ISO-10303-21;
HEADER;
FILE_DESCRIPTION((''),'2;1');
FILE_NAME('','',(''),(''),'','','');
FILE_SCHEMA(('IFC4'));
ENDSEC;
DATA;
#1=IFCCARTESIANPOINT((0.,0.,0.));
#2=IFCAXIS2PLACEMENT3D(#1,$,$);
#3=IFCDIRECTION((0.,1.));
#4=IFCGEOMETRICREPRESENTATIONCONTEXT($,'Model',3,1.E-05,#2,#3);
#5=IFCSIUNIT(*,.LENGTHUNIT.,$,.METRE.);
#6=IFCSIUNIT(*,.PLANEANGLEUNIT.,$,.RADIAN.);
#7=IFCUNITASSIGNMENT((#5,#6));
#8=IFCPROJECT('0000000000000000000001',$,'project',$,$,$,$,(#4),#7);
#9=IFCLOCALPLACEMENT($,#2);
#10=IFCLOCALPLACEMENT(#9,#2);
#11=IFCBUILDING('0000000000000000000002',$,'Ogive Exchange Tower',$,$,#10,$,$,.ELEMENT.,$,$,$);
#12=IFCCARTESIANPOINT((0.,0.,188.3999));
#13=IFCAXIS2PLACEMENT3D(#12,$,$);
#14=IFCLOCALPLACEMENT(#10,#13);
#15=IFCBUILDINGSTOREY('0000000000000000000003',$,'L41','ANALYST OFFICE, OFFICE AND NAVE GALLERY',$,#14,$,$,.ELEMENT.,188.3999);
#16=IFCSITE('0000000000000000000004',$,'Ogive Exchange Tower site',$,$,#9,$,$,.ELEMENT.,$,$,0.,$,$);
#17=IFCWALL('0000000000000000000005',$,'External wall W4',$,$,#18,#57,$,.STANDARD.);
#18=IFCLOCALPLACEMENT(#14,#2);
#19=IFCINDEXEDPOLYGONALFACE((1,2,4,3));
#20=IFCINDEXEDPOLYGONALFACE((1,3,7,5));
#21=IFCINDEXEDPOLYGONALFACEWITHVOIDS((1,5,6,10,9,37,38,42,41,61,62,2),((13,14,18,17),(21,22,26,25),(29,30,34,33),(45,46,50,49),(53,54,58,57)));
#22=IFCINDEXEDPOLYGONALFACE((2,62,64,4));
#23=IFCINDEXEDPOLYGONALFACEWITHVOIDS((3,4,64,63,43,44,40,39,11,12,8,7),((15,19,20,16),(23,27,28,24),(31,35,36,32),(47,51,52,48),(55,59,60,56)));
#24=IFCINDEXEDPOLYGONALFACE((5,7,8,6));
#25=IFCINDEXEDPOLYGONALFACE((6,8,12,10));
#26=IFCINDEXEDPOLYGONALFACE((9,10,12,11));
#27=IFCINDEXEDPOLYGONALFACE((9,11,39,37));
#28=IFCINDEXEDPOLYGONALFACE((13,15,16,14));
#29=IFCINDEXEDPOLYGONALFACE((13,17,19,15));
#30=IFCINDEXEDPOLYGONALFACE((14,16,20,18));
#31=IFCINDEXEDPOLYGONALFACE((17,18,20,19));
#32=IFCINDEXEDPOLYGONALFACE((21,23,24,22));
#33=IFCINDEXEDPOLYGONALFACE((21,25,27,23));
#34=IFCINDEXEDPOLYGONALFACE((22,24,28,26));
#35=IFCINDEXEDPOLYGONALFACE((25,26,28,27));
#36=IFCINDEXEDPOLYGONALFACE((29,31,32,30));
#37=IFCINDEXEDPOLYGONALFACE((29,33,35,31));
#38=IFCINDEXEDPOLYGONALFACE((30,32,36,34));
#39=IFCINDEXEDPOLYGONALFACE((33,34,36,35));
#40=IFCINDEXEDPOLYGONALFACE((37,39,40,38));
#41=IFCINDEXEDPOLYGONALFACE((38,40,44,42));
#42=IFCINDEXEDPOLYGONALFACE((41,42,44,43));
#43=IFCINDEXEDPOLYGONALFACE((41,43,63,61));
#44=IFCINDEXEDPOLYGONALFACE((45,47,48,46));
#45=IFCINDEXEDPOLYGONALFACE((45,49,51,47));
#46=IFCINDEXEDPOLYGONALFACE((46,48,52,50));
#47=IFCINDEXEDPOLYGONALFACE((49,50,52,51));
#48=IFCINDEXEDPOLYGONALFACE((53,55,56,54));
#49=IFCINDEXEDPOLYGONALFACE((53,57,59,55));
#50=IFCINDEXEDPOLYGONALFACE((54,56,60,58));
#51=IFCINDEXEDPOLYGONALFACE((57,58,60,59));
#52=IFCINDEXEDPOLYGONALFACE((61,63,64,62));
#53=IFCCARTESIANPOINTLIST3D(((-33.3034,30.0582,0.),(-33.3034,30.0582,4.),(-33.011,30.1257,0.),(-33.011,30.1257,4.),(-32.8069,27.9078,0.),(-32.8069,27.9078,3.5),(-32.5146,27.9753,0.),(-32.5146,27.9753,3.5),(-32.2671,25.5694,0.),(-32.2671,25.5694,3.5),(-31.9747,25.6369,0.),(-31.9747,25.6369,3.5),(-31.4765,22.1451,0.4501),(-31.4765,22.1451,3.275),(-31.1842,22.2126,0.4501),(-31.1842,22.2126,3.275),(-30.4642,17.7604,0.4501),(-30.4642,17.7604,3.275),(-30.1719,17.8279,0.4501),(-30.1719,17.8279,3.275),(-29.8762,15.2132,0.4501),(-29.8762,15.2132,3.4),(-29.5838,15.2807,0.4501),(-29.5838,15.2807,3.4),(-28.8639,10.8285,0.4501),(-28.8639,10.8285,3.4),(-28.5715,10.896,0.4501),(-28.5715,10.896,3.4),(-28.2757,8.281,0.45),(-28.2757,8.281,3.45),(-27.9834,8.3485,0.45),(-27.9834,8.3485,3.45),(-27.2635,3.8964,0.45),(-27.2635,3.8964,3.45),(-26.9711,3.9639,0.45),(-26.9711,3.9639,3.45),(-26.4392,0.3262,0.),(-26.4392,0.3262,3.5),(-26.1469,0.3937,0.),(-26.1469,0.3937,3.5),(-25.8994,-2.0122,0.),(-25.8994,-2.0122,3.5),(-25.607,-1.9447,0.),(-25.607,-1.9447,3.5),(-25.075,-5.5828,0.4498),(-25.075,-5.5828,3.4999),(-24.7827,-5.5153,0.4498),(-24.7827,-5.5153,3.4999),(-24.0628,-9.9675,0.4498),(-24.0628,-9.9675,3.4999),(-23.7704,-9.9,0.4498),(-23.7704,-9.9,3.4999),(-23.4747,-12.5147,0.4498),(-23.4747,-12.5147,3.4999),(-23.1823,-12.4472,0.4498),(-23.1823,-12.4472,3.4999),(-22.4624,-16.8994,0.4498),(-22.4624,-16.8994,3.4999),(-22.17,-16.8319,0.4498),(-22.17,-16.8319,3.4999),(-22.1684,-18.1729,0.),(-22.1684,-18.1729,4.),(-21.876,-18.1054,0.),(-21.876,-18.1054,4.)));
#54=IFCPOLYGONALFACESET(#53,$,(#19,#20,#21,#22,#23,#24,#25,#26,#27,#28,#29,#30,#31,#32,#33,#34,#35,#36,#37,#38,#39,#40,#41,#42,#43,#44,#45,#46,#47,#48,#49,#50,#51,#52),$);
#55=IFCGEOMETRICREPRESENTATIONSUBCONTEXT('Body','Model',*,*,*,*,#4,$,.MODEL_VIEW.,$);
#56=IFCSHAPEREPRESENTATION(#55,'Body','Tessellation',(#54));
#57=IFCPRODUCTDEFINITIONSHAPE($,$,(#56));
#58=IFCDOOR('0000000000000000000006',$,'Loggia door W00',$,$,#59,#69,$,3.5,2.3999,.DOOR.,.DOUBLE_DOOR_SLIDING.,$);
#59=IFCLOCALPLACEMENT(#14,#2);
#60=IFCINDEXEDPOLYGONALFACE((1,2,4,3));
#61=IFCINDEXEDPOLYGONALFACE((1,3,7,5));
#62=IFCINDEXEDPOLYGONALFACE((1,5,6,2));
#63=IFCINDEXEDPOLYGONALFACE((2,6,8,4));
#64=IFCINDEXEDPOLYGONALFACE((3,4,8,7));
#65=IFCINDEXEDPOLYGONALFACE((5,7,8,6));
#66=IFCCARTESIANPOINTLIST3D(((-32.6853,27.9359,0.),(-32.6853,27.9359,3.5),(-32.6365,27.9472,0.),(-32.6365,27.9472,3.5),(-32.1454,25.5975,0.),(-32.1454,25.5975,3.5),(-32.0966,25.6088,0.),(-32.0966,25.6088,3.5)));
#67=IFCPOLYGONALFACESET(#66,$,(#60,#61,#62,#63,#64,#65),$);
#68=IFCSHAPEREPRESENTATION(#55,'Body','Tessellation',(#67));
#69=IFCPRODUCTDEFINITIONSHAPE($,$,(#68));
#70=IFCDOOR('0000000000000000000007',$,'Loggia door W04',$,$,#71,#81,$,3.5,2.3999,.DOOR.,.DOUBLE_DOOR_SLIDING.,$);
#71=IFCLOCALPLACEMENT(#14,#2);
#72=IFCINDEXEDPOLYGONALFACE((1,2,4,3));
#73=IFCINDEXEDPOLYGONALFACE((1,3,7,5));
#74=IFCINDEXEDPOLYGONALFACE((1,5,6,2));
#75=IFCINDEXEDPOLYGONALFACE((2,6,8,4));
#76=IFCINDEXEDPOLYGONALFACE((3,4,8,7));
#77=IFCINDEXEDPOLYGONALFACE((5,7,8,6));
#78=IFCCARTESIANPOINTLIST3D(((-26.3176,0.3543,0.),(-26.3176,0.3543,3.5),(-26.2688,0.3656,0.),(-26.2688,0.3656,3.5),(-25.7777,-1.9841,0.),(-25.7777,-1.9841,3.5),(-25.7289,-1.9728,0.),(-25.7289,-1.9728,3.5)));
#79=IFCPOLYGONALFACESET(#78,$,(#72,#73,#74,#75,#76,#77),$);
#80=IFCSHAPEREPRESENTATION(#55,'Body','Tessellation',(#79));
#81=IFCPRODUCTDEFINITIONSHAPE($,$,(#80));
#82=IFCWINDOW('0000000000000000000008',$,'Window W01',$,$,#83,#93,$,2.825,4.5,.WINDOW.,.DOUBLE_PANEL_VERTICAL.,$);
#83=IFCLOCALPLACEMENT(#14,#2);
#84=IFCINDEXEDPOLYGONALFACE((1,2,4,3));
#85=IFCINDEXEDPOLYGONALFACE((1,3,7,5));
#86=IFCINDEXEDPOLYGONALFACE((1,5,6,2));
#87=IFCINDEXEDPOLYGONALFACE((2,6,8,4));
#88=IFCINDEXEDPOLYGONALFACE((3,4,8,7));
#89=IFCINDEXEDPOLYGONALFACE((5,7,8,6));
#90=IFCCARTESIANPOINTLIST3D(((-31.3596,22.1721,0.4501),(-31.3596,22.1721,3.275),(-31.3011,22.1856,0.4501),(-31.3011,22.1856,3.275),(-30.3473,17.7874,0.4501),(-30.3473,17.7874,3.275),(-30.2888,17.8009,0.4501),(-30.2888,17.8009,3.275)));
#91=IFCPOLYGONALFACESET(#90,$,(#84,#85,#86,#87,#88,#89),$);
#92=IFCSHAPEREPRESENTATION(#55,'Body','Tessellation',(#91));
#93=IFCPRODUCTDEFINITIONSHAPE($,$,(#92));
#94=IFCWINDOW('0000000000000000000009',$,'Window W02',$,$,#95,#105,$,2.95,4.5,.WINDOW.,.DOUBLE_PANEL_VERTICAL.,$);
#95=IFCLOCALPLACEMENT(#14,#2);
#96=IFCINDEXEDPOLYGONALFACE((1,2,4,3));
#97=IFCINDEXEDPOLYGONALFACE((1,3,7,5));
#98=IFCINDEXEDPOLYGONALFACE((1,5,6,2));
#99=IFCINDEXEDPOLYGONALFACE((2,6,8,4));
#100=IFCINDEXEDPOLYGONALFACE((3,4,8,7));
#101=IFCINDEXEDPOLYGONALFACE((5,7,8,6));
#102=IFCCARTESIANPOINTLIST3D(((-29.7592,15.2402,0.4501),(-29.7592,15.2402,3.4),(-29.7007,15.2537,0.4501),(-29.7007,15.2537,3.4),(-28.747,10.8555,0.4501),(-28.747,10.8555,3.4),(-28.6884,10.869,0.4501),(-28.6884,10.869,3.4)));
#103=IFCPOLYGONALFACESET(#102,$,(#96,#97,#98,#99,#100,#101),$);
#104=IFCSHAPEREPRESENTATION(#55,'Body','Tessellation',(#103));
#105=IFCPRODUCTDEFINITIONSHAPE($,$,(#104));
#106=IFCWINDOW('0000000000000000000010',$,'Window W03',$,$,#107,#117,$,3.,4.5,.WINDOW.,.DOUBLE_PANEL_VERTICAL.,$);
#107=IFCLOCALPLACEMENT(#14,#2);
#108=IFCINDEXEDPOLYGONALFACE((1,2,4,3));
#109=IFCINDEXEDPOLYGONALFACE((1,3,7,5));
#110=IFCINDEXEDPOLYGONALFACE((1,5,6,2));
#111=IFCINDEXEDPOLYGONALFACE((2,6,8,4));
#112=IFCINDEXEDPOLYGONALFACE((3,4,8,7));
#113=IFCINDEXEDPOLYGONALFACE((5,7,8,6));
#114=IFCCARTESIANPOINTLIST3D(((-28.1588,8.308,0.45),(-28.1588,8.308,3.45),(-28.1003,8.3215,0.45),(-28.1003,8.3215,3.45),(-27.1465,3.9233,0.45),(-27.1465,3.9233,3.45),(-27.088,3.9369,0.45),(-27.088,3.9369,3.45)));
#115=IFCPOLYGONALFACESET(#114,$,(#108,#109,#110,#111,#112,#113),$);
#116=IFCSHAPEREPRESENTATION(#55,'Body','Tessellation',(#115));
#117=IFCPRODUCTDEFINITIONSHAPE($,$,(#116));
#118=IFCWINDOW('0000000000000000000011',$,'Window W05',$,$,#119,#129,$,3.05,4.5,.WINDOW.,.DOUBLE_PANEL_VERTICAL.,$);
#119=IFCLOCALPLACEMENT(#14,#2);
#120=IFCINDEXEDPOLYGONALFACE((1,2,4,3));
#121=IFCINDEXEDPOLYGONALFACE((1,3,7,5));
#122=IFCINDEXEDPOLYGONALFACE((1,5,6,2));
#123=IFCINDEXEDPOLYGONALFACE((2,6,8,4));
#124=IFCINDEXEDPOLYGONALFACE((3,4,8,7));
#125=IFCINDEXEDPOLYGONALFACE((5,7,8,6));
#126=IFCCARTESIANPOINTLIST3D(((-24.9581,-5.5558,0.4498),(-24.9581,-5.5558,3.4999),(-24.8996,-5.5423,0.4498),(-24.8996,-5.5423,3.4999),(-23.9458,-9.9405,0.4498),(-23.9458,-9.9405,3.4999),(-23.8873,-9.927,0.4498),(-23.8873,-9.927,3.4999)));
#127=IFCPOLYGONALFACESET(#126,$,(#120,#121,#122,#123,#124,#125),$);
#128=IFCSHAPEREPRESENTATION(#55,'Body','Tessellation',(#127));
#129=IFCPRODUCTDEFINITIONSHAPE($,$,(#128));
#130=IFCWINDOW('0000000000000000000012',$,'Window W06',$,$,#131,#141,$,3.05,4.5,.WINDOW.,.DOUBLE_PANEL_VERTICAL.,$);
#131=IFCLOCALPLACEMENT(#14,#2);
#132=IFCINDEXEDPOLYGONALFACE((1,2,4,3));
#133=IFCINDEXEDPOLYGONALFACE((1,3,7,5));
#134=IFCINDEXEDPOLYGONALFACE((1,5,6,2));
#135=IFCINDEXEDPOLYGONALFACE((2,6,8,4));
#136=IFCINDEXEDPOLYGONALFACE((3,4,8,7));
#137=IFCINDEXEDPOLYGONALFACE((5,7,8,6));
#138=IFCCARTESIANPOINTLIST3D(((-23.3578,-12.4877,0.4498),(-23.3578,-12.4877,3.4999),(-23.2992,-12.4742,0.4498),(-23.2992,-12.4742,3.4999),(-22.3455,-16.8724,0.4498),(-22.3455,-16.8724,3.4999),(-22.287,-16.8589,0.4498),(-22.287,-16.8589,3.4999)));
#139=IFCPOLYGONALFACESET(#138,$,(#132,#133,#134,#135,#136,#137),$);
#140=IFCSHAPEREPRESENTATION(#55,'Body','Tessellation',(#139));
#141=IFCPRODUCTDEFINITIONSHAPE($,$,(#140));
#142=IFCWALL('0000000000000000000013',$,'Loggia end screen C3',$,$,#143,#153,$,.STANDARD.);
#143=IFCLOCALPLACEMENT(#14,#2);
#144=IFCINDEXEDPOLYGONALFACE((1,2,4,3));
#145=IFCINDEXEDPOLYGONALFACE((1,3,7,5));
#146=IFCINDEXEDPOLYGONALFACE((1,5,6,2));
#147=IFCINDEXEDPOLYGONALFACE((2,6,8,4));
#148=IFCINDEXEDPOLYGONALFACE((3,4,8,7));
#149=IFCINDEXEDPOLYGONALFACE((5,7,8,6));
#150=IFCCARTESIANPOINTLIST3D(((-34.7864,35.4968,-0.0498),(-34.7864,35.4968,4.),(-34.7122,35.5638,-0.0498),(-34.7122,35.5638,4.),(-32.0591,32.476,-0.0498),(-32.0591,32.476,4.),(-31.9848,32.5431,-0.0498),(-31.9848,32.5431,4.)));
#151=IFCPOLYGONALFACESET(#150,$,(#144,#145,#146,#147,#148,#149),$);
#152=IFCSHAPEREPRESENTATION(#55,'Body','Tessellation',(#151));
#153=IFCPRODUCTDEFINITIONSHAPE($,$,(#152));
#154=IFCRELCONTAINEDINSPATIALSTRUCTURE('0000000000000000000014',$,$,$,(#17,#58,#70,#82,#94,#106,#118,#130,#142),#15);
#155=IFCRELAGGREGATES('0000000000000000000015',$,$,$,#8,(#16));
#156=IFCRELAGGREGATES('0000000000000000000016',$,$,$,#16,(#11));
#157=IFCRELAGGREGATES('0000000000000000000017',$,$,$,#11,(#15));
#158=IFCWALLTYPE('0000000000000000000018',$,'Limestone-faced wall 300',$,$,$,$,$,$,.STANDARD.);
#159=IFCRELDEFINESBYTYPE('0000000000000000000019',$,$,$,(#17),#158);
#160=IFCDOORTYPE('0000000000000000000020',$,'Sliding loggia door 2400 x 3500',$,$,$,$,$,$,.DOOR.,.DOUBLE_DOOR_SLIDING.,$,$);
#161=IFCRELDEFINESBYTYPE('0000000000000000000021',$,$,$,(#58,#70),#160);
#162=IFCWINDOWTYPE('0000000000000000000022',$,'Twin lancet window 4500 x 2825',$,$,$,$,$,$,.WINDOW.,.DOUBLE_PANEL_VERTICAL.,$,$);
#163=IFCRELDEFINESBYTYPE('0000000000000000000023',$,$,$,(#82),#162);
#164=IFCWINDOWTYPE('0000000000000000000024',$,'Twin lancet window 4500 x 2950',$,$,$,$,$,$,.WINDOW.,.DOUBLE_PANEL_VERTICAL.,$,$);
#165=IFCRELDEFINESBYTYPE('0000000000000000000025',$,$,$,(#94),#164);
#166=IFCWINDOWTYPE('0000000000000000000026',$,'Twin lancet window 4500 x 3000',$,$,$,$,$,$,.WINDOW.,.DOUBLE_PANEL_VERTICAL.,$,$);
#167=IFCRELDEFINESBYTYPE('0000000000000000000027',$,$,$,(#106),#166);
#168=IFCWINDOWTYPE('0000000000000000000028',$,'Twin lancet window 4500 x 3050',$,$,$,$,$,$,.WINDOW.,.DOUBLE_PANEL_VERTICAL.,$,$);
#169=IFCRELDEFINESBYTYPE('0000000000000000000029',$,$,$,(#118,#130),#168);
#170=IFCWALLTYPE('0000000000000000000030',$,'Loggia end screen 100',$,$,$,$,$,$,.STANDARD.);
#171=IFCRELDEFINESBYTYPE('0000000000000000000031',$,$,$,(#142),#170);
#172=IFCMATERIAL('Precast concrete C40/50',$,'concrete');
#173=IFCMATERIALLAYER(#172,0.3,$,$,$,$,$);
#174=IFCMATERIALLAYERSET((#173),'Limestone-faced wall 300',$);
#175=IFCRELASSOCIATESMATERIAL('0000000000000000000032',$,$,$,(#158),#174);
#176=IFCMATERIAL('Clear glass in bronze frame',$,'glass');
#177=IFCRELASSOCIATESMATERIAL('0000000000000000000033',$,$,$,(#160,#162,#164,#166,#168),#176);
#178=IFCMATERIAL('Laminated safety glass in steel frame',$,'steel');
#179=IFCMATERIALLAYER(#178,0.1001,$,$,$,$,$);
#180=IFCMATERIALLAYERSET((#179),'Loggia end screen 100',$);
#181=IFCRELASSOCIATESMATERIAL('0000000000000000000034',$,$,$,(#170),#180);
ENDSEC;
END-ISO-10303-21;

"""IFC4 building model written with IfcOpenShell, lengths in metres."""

from ifc_helpers import new_model, si_unit, direction, frame, frame_2d, origin, place, context, subcontext, project, spatial, rectangle, extrude, material, layer, layer_set, type_object, element, fill, save


model = new_model("IFC4")

# Units and contexts
model_context = context("Model", 3, precision=1e-05, world=origin(), true_north=direction((0.0, 1.0)))
body_context = subcontext(model_context, "Body", "Model", "MODEL_VIEW")
ifc_project = project(units=[si_unit("LENGTHUNIT", "METRE"), si_unit("PLANEANGLEUNIT", "RADIAN")], contexts=[model_context])

# Site, building, storey
site_placement = place(None, origin())
site = spatial("IfcSite", under=ifc_project, at=site_placement, Name="Ogive Exchange Tower site", CompositionType="ELEMENT", RefElevation=0.0)
building_placement = place(site_placement, origin())
building = spatial("IfcBuilding", under=site, at=building_placement, Name="Ogive Exchange Tower", CompositionType="ELEMENT")
storey_placement = place(building_placement, frame((0.0, 0.0, 188.3999)))
storey = spatial("IfcBuildingStorey", under=building, at=storey_placement, Name="L41", Description="ANALYST OFFICE, OFFICE AND NAVE GALLERY", CompositionType="ELEMENT", Elevation=188.3999)

# Wall, openings, doors, windows
ifc_material_1 = material(Name="Precast concrete C40/50", Category="concrete")
ifc_layer_1 = layer(ifc_material_1, 0.3)
ifc_layer_set_1 = layer_set([ifc_layer_1], Name="Limestone-faced wall 300")
wall_type_1 = type_object("IfcWallType", Name="Limestone-faced wall 300", PredefinedType="STANDARD", material=ifc_layer_set_1)
wall_1_placement = place(storey_placement, frame((-33.1572, 30.092, 0.0), z_axis=(0.0, 0.0, 1.0), x_axis=(0.22495, -0.97437, 0.0)))
wall_1 = element("IfcWall", 1, at=wall_1_placement, inside=storey, type_object=wall_type_1, Name="External wall W4", PredefinedType="STANDARD", context=body_context, shape_type="SweptSolid", body=[
    extrude(rectangle(XDim=49.4998, YDim=0.3, at=frame_2d((24.75, 0.0))), origin(), (0.0, 0.0, 1.0), 4.0),
])
opening_1_placement = place(wall_1_placement, frame((2.207, 0.0, 0.0)))
opening_1 = element("IfcOpeningElement", 2, at=opening_1_placement, cuts=wall_1, PredefinedType="OPENING", context=body_context, shape_type="SweptSolid", body=[
    extrude(rectangle(XDim=2.3999, YDim=3.5, at=frame_2d((1.2, 1.75))), frame((0.0, 0.1599, 0.0), z_axis=(0.0, -1.0, 0.0), x_axis=(1.0, 0.0, 0.0)), (0.0, 0.0, 1.0), 0.3201),
])
opening_2_placement = place(wall_1_placement, frame((8.1213, 0.0, 0.45)))
opening_2 = element("IfcOpeningElement", 3, at=opening_2_placement, cuts=wall_1, PredefinedType="OPENING", context=body_context, shape_type="SweptSolid", body=[
    extrude(rectangle(XDim=4.5, YDim=2.825, at=frame_2d((2.25, 1.4126))), frame((0.0, 0.1599, 0.0), z_axis=(0.0, -1.0, 0.0), x_axis=(1.0, 0.0, 0.0)), (0.0, 0.0, 1.0), 0.3201),
])
opening_3_placement = place(wall_1_placement, frame((15.2356, 0.0, 0.45)))
opening_3 = element("IfcOpeningElement", 4, at=opening_3_placement, cuts=wall_1, PredefinedType="OPENING", context=body_context, shape_type="SweptSolid", body=[
    extrude(rectangle(XDim=4.5, YDim=2.95, at=frame_2d((2.25, 1.4751))), frame((0.0, 0.1599, 0.0), z_axis=(0.0, -1.0, 0.0), x_axis=(1.0, 0.0, 0.0)), (0.0, 0.0, 1.0), 0.3201),
])
opening_4_placement = place(wall_1_placement, frame((22.3501, 0.0, 0.45)))
opening_4 = element("IfcOpeningElement", 5, at=opening_4_placement, cuts=wall_1, PredefinedType="OPENING", context=body_context, shape_type="SweptSolid", body=[
    extrude(rectangle(XDim=4.5, YDim=3.0, at=frame_2d((2.25, 1.5))), frame((0.0, 0.1599, 0.0), z_axis=(0.0, -1.0, 0.0), x_axis=(1.0, 0.0, 0.0)), (0.0, 0.0, 1.0), 0.3201),
])
opening_5_placement = place(wall_1_placement, frame((30.5142, 0.0, 0.0)))
opening_5 = element("IfcOpeningElement", 6, at=opening_5_placement, cuts=wall_1, PredefinedType="OPENING", context=body_context, shape_type="SweptSolid", body=[
    extrude(rectangle(XDim=2.3999, YDim=3.5, at=frame_2d((1.2, 1.75))), frame((0.0, 0.1599, 0.0), z_axis=(0.0, -1.0, 0.0), x_axis=(1.0, 0.0, 0.0)), (0.0, 0.0, 1.0), 0.3201),
])
opening_6_placement = place(wall_1_placement, frame((36.5786, 0.0, 0.45)))
opening_6 = element("IfcOpeningElement", 7, at=opening_6_placement, cuts=wall_1, PredefinedType="OPENING", context=body_context, shape_type="SweptSolid", body=[
    extrude(rectangle(XDim=4.5, YDim=3.05, at=frame_2d((2.25, 1.5249))), frame((0.0, 0.1599, 0.0), z_axis=(0.0, -1.0, 0.0), x_axis=(1.0, 0.0, 0.0)), (0.0, 0.0, 1.0), 0.3201),
])
opening_7_placement = place(wall_1_placement, frame((43.6929, 0.0, 0.45)))
opening_7 = element("IfcOpeningElement", 8, at=opening_7_placement, cuts=wall_1, PredefinedType="OPENING", context=body_context, shape_type="SweptSolid", body=[
    extrude(rectangle(XDim=4.5, YDim=3.05, at=frame_2d((2.25, 1.5249))), frame((0.0, 0.1599, 0.0), z_axis=(0.0, -1.0, 0.0), x_axis=(1.0, 0.0, 0.0)), (0.0, 0.0, 1.0), 0.3201),
])
ifc_material_2 = material(Name="Clear glass in bronze frame", Category="glass")
door_type_1 = type_object("IfcDoorType", Name="Sliding loggia door 2400 x 3500", OperationType="DOUBLE_DOOR_SLIDING", PredefinedType="DOOR", material=ifc_material_2)
door_1_placement = place(opening_1_placement, origin())
door_1 = element("IfcDoor", 9, at=door_1_placement, inside=storey, type_object=door_type_1, Name="Loggia door W00", OperationType="DOUBLE_DOOR_SLIDING", OverallHeight=3.5, OverallWidth=2.3999, PredefinedType="DOOR", context=body_context, shape_type="SweptSolid", body=[
    extrude(rectangle(XDim=2.3999, YDim=3.5, at=frame_2d((1.2, 1.75))), frame((0.0, 0.0249, 0.0), z_axis=(0.0, -1.0, 0.0), x_axis=(1.0, 0.0, 0.0)), (0.0, 0.0, 1.0), 0.05),
])
fill(opening_1, door_1)
door_2_placement = place(opening_5_placement, origin())
door_2 = element("IfcDoor", 10, at=door_2_placement, inside=storey, type_object=door_type_1, Name="Loggia door W04", OperationType="DOUBLE_DOOR_SLIDING", OverallHeight=3.5, OverallWidth=2.3999, PredefinedType="DOOR", context=body_context, shape_type="SweptSolid", body=[
    extrude(rectangle(XDim=2.3999, YDim=3.5, at=frame_2d((1.2, 1.75))), frame((0.0, 0.0249, 0.0), z_axis=(0.0, -1.0, 0.0), x_axis=(1.0, 0.0, 0.0)), (0.0, 0.0, 1.0), 0.05),
])
fill(opening_5, door_2)
window_type_1 = type_object("IfcWindowType", Name="Twin lancet window 4500 x 2825", PartitioningType="DOUBLE_PANEL_VERTICAL", PredefinedType="WINDOW", material=ifc_material_2)
window_1_placement = place(opening_2_placement, origin())
window_1 = element("IfcWindow", 11, at=window_1_placement, inside=storey, type_object=window_type_1, Name="Window W01", OverallHeight=2.825, OverallWidth=4.5, PartitioningType="DOUBLE_PANEL_VERTICAL", PredefinedType="WINDOW", context=body_context, shape_type="SweptSolid", body=[
    extrude(rectangle(XDim=4.5, YDim=2.825, at=frame_2d((2.25, 1.4126))), frame((0.0, 0.03, 0.0), z_axis=(0.0, -1.0, 0.0), x_axis=(1.0, 0.0, 0.0)), (0.0, 0.0, 1.0), 0.0601),
])
fill(opening_2, window_1)
window_type_2 = type_object("IfcWindowType", Name="Twin lancet window 4500 x 2950", PartitioningType="DOUBLE_PANEL_VERTICAL", PredefinedType="WINDOW", material=ifc_material_2)
window_2_placement = place(opening_3_placement, origin())
window_2 = element("IfcWindow", 12, at=window_2_placement, inside=storey, type_object=window_type_2, Name="Window W02", OverallHeight=2.95, OverallWidth=4.5, PartitioningType="DOUBLE_PANEL_VERTICAL", PredefinedType="WINDOW", context=body_context, shape_type="SweptSolid", body=[
    extrude(rectangle(XDim=4.5, YDim=2.95, at=frame_2d((2.25, 1.4751))), frame((0.0, 0.03, 0.0), z_axis=(0.0, -1.0, 0.0), x_axis=(1.0, 0.0, 0.0)), (0.0, 0.0, 1.0), 0.0601),
])
fill(opening_3, window_2)
window_type_3 = type_object("IfcWindowType", Name="Twin lancet window 4500 x 3000", PartitioningType="DOUBLE_PANEL_VERTICAL", PredefinedType="WINDOW", material=ifc_material_2)
window_3_placement = place(opening_4_placement, origin())
window_3 = element("IfcWindow", 13, at=window_3_placement, inside=storey, type_object=window_type_3, Name="Window W03", OverallHeight=3.0, OverallWidth=4.5, PartitioningType="DOUBLE_PANEL_VERTICAL", PredefinedType="WINDOW", context=body_context, shape_type="SweptSolid", body=[
    extrude(rectangle(XDim=4.5, YDim=3.0, at=frame_2d((2.25, 1.5))), frame((0.0, 0.03, 0.0), z_axis=(0.0, -1.0, 0.0), x_axis=(1.0, 0.0, 0.0)), (0.0, 0.0, 1.0), 0.0601),
])
fill(opening_4, window_3)
window_type_4 = type_object("IfcWindowType", Name="Twin lancet window 4500 x 3050", PartitioningType="DOUBLE_PANEL_VERTICAL", PredefinedType="WINDOW", material=ifc_material_2)
window_4_placement = place(opening_6_placement, origin())
window_4 = element("IfcWindow", 14, at=window_4_placement, inside=storey, type_object=window_type_4, Name="Window W05", OverallHeight=3.05, OverallWidth=4.5, PartitioningType="DOUBLE_PANEL_VERTICAL", PredefinedType="WINDOW", context=body_context, shape_type="SweptSolid", body=[
    extrude(rectangle(XDim=4.5, YDim=3.05, at=frame_2d((2.25, 1.5249))), frame((0.0, 0.03, 0.0), z_axis=(0.0, -1.0, 0.0), x_axis=(1.0, 0.0, 0.0)), (0.0, 0.0, 1.0), 0.0601),
])
fill(opening_6, window_4)
window_5_placement = place(opening_7_placement, origin())
window_5 = element("IfcWindow", 15, at=window_5_placement, inside=storey, type_object=window_type_4, Name="Window W06", OverallHeight=3.05, OverallWidth=4.5, PartitioningType="DOUBLE_PANEL_VERTICAL", PredefinedType="WINDOW", context=body_context, shape_type="SweptSolid", body=[
    extrude(rectangle(XDim=4.5, YDim=3.05, at=frame_2d((2.25, 1.5249))), frame((0.0, 0.03, 0.0), z_axis=(0.0, -1.0, 0.0), x_axis=(1.0, 0.0, 0.0)), (0.0, 0.0, 1.0), 0.0601),
])
fill(opening_7, window_5)

# Wall
ifc_material_3 = material(Name="Laminated safety glass in steel frame", Category="steel")
ifc_layer_2 = layer(ifc_material_3, 0.1001)
ifc_layer_set_2 = layer_set([ifc_layer_2], Name="Loggia end screen 100")
wall_type_2 = type_object("IfcWallType", Name="Loggia end screen 100", PredefinedType="STANDARD", material=ifc_layer_set_2)
wall_2_placement = place(storey_placement, frame((-32.022, 32.5095, -0.0498), z_axis=(0.0, 0.0, 1.0), x_axis=(-0.670134, 0.74224, 0.0)))
element("IfcWall", 16, at=wall_2_placement, inside=storey, type_object=wall_type_2, Name="Loggia end screen C3", PredefinedType="STANDARD", context=body_context, shape_type="SweptSolid", body=[
    extrude(rectangle(XDim=4.0698, YDim=0.1001, at=frame_2d((2.0349, 0.0))), origin(), (0.0, 0.0, 1.0), 4.0498),
])

save(model, "model.ifc")
